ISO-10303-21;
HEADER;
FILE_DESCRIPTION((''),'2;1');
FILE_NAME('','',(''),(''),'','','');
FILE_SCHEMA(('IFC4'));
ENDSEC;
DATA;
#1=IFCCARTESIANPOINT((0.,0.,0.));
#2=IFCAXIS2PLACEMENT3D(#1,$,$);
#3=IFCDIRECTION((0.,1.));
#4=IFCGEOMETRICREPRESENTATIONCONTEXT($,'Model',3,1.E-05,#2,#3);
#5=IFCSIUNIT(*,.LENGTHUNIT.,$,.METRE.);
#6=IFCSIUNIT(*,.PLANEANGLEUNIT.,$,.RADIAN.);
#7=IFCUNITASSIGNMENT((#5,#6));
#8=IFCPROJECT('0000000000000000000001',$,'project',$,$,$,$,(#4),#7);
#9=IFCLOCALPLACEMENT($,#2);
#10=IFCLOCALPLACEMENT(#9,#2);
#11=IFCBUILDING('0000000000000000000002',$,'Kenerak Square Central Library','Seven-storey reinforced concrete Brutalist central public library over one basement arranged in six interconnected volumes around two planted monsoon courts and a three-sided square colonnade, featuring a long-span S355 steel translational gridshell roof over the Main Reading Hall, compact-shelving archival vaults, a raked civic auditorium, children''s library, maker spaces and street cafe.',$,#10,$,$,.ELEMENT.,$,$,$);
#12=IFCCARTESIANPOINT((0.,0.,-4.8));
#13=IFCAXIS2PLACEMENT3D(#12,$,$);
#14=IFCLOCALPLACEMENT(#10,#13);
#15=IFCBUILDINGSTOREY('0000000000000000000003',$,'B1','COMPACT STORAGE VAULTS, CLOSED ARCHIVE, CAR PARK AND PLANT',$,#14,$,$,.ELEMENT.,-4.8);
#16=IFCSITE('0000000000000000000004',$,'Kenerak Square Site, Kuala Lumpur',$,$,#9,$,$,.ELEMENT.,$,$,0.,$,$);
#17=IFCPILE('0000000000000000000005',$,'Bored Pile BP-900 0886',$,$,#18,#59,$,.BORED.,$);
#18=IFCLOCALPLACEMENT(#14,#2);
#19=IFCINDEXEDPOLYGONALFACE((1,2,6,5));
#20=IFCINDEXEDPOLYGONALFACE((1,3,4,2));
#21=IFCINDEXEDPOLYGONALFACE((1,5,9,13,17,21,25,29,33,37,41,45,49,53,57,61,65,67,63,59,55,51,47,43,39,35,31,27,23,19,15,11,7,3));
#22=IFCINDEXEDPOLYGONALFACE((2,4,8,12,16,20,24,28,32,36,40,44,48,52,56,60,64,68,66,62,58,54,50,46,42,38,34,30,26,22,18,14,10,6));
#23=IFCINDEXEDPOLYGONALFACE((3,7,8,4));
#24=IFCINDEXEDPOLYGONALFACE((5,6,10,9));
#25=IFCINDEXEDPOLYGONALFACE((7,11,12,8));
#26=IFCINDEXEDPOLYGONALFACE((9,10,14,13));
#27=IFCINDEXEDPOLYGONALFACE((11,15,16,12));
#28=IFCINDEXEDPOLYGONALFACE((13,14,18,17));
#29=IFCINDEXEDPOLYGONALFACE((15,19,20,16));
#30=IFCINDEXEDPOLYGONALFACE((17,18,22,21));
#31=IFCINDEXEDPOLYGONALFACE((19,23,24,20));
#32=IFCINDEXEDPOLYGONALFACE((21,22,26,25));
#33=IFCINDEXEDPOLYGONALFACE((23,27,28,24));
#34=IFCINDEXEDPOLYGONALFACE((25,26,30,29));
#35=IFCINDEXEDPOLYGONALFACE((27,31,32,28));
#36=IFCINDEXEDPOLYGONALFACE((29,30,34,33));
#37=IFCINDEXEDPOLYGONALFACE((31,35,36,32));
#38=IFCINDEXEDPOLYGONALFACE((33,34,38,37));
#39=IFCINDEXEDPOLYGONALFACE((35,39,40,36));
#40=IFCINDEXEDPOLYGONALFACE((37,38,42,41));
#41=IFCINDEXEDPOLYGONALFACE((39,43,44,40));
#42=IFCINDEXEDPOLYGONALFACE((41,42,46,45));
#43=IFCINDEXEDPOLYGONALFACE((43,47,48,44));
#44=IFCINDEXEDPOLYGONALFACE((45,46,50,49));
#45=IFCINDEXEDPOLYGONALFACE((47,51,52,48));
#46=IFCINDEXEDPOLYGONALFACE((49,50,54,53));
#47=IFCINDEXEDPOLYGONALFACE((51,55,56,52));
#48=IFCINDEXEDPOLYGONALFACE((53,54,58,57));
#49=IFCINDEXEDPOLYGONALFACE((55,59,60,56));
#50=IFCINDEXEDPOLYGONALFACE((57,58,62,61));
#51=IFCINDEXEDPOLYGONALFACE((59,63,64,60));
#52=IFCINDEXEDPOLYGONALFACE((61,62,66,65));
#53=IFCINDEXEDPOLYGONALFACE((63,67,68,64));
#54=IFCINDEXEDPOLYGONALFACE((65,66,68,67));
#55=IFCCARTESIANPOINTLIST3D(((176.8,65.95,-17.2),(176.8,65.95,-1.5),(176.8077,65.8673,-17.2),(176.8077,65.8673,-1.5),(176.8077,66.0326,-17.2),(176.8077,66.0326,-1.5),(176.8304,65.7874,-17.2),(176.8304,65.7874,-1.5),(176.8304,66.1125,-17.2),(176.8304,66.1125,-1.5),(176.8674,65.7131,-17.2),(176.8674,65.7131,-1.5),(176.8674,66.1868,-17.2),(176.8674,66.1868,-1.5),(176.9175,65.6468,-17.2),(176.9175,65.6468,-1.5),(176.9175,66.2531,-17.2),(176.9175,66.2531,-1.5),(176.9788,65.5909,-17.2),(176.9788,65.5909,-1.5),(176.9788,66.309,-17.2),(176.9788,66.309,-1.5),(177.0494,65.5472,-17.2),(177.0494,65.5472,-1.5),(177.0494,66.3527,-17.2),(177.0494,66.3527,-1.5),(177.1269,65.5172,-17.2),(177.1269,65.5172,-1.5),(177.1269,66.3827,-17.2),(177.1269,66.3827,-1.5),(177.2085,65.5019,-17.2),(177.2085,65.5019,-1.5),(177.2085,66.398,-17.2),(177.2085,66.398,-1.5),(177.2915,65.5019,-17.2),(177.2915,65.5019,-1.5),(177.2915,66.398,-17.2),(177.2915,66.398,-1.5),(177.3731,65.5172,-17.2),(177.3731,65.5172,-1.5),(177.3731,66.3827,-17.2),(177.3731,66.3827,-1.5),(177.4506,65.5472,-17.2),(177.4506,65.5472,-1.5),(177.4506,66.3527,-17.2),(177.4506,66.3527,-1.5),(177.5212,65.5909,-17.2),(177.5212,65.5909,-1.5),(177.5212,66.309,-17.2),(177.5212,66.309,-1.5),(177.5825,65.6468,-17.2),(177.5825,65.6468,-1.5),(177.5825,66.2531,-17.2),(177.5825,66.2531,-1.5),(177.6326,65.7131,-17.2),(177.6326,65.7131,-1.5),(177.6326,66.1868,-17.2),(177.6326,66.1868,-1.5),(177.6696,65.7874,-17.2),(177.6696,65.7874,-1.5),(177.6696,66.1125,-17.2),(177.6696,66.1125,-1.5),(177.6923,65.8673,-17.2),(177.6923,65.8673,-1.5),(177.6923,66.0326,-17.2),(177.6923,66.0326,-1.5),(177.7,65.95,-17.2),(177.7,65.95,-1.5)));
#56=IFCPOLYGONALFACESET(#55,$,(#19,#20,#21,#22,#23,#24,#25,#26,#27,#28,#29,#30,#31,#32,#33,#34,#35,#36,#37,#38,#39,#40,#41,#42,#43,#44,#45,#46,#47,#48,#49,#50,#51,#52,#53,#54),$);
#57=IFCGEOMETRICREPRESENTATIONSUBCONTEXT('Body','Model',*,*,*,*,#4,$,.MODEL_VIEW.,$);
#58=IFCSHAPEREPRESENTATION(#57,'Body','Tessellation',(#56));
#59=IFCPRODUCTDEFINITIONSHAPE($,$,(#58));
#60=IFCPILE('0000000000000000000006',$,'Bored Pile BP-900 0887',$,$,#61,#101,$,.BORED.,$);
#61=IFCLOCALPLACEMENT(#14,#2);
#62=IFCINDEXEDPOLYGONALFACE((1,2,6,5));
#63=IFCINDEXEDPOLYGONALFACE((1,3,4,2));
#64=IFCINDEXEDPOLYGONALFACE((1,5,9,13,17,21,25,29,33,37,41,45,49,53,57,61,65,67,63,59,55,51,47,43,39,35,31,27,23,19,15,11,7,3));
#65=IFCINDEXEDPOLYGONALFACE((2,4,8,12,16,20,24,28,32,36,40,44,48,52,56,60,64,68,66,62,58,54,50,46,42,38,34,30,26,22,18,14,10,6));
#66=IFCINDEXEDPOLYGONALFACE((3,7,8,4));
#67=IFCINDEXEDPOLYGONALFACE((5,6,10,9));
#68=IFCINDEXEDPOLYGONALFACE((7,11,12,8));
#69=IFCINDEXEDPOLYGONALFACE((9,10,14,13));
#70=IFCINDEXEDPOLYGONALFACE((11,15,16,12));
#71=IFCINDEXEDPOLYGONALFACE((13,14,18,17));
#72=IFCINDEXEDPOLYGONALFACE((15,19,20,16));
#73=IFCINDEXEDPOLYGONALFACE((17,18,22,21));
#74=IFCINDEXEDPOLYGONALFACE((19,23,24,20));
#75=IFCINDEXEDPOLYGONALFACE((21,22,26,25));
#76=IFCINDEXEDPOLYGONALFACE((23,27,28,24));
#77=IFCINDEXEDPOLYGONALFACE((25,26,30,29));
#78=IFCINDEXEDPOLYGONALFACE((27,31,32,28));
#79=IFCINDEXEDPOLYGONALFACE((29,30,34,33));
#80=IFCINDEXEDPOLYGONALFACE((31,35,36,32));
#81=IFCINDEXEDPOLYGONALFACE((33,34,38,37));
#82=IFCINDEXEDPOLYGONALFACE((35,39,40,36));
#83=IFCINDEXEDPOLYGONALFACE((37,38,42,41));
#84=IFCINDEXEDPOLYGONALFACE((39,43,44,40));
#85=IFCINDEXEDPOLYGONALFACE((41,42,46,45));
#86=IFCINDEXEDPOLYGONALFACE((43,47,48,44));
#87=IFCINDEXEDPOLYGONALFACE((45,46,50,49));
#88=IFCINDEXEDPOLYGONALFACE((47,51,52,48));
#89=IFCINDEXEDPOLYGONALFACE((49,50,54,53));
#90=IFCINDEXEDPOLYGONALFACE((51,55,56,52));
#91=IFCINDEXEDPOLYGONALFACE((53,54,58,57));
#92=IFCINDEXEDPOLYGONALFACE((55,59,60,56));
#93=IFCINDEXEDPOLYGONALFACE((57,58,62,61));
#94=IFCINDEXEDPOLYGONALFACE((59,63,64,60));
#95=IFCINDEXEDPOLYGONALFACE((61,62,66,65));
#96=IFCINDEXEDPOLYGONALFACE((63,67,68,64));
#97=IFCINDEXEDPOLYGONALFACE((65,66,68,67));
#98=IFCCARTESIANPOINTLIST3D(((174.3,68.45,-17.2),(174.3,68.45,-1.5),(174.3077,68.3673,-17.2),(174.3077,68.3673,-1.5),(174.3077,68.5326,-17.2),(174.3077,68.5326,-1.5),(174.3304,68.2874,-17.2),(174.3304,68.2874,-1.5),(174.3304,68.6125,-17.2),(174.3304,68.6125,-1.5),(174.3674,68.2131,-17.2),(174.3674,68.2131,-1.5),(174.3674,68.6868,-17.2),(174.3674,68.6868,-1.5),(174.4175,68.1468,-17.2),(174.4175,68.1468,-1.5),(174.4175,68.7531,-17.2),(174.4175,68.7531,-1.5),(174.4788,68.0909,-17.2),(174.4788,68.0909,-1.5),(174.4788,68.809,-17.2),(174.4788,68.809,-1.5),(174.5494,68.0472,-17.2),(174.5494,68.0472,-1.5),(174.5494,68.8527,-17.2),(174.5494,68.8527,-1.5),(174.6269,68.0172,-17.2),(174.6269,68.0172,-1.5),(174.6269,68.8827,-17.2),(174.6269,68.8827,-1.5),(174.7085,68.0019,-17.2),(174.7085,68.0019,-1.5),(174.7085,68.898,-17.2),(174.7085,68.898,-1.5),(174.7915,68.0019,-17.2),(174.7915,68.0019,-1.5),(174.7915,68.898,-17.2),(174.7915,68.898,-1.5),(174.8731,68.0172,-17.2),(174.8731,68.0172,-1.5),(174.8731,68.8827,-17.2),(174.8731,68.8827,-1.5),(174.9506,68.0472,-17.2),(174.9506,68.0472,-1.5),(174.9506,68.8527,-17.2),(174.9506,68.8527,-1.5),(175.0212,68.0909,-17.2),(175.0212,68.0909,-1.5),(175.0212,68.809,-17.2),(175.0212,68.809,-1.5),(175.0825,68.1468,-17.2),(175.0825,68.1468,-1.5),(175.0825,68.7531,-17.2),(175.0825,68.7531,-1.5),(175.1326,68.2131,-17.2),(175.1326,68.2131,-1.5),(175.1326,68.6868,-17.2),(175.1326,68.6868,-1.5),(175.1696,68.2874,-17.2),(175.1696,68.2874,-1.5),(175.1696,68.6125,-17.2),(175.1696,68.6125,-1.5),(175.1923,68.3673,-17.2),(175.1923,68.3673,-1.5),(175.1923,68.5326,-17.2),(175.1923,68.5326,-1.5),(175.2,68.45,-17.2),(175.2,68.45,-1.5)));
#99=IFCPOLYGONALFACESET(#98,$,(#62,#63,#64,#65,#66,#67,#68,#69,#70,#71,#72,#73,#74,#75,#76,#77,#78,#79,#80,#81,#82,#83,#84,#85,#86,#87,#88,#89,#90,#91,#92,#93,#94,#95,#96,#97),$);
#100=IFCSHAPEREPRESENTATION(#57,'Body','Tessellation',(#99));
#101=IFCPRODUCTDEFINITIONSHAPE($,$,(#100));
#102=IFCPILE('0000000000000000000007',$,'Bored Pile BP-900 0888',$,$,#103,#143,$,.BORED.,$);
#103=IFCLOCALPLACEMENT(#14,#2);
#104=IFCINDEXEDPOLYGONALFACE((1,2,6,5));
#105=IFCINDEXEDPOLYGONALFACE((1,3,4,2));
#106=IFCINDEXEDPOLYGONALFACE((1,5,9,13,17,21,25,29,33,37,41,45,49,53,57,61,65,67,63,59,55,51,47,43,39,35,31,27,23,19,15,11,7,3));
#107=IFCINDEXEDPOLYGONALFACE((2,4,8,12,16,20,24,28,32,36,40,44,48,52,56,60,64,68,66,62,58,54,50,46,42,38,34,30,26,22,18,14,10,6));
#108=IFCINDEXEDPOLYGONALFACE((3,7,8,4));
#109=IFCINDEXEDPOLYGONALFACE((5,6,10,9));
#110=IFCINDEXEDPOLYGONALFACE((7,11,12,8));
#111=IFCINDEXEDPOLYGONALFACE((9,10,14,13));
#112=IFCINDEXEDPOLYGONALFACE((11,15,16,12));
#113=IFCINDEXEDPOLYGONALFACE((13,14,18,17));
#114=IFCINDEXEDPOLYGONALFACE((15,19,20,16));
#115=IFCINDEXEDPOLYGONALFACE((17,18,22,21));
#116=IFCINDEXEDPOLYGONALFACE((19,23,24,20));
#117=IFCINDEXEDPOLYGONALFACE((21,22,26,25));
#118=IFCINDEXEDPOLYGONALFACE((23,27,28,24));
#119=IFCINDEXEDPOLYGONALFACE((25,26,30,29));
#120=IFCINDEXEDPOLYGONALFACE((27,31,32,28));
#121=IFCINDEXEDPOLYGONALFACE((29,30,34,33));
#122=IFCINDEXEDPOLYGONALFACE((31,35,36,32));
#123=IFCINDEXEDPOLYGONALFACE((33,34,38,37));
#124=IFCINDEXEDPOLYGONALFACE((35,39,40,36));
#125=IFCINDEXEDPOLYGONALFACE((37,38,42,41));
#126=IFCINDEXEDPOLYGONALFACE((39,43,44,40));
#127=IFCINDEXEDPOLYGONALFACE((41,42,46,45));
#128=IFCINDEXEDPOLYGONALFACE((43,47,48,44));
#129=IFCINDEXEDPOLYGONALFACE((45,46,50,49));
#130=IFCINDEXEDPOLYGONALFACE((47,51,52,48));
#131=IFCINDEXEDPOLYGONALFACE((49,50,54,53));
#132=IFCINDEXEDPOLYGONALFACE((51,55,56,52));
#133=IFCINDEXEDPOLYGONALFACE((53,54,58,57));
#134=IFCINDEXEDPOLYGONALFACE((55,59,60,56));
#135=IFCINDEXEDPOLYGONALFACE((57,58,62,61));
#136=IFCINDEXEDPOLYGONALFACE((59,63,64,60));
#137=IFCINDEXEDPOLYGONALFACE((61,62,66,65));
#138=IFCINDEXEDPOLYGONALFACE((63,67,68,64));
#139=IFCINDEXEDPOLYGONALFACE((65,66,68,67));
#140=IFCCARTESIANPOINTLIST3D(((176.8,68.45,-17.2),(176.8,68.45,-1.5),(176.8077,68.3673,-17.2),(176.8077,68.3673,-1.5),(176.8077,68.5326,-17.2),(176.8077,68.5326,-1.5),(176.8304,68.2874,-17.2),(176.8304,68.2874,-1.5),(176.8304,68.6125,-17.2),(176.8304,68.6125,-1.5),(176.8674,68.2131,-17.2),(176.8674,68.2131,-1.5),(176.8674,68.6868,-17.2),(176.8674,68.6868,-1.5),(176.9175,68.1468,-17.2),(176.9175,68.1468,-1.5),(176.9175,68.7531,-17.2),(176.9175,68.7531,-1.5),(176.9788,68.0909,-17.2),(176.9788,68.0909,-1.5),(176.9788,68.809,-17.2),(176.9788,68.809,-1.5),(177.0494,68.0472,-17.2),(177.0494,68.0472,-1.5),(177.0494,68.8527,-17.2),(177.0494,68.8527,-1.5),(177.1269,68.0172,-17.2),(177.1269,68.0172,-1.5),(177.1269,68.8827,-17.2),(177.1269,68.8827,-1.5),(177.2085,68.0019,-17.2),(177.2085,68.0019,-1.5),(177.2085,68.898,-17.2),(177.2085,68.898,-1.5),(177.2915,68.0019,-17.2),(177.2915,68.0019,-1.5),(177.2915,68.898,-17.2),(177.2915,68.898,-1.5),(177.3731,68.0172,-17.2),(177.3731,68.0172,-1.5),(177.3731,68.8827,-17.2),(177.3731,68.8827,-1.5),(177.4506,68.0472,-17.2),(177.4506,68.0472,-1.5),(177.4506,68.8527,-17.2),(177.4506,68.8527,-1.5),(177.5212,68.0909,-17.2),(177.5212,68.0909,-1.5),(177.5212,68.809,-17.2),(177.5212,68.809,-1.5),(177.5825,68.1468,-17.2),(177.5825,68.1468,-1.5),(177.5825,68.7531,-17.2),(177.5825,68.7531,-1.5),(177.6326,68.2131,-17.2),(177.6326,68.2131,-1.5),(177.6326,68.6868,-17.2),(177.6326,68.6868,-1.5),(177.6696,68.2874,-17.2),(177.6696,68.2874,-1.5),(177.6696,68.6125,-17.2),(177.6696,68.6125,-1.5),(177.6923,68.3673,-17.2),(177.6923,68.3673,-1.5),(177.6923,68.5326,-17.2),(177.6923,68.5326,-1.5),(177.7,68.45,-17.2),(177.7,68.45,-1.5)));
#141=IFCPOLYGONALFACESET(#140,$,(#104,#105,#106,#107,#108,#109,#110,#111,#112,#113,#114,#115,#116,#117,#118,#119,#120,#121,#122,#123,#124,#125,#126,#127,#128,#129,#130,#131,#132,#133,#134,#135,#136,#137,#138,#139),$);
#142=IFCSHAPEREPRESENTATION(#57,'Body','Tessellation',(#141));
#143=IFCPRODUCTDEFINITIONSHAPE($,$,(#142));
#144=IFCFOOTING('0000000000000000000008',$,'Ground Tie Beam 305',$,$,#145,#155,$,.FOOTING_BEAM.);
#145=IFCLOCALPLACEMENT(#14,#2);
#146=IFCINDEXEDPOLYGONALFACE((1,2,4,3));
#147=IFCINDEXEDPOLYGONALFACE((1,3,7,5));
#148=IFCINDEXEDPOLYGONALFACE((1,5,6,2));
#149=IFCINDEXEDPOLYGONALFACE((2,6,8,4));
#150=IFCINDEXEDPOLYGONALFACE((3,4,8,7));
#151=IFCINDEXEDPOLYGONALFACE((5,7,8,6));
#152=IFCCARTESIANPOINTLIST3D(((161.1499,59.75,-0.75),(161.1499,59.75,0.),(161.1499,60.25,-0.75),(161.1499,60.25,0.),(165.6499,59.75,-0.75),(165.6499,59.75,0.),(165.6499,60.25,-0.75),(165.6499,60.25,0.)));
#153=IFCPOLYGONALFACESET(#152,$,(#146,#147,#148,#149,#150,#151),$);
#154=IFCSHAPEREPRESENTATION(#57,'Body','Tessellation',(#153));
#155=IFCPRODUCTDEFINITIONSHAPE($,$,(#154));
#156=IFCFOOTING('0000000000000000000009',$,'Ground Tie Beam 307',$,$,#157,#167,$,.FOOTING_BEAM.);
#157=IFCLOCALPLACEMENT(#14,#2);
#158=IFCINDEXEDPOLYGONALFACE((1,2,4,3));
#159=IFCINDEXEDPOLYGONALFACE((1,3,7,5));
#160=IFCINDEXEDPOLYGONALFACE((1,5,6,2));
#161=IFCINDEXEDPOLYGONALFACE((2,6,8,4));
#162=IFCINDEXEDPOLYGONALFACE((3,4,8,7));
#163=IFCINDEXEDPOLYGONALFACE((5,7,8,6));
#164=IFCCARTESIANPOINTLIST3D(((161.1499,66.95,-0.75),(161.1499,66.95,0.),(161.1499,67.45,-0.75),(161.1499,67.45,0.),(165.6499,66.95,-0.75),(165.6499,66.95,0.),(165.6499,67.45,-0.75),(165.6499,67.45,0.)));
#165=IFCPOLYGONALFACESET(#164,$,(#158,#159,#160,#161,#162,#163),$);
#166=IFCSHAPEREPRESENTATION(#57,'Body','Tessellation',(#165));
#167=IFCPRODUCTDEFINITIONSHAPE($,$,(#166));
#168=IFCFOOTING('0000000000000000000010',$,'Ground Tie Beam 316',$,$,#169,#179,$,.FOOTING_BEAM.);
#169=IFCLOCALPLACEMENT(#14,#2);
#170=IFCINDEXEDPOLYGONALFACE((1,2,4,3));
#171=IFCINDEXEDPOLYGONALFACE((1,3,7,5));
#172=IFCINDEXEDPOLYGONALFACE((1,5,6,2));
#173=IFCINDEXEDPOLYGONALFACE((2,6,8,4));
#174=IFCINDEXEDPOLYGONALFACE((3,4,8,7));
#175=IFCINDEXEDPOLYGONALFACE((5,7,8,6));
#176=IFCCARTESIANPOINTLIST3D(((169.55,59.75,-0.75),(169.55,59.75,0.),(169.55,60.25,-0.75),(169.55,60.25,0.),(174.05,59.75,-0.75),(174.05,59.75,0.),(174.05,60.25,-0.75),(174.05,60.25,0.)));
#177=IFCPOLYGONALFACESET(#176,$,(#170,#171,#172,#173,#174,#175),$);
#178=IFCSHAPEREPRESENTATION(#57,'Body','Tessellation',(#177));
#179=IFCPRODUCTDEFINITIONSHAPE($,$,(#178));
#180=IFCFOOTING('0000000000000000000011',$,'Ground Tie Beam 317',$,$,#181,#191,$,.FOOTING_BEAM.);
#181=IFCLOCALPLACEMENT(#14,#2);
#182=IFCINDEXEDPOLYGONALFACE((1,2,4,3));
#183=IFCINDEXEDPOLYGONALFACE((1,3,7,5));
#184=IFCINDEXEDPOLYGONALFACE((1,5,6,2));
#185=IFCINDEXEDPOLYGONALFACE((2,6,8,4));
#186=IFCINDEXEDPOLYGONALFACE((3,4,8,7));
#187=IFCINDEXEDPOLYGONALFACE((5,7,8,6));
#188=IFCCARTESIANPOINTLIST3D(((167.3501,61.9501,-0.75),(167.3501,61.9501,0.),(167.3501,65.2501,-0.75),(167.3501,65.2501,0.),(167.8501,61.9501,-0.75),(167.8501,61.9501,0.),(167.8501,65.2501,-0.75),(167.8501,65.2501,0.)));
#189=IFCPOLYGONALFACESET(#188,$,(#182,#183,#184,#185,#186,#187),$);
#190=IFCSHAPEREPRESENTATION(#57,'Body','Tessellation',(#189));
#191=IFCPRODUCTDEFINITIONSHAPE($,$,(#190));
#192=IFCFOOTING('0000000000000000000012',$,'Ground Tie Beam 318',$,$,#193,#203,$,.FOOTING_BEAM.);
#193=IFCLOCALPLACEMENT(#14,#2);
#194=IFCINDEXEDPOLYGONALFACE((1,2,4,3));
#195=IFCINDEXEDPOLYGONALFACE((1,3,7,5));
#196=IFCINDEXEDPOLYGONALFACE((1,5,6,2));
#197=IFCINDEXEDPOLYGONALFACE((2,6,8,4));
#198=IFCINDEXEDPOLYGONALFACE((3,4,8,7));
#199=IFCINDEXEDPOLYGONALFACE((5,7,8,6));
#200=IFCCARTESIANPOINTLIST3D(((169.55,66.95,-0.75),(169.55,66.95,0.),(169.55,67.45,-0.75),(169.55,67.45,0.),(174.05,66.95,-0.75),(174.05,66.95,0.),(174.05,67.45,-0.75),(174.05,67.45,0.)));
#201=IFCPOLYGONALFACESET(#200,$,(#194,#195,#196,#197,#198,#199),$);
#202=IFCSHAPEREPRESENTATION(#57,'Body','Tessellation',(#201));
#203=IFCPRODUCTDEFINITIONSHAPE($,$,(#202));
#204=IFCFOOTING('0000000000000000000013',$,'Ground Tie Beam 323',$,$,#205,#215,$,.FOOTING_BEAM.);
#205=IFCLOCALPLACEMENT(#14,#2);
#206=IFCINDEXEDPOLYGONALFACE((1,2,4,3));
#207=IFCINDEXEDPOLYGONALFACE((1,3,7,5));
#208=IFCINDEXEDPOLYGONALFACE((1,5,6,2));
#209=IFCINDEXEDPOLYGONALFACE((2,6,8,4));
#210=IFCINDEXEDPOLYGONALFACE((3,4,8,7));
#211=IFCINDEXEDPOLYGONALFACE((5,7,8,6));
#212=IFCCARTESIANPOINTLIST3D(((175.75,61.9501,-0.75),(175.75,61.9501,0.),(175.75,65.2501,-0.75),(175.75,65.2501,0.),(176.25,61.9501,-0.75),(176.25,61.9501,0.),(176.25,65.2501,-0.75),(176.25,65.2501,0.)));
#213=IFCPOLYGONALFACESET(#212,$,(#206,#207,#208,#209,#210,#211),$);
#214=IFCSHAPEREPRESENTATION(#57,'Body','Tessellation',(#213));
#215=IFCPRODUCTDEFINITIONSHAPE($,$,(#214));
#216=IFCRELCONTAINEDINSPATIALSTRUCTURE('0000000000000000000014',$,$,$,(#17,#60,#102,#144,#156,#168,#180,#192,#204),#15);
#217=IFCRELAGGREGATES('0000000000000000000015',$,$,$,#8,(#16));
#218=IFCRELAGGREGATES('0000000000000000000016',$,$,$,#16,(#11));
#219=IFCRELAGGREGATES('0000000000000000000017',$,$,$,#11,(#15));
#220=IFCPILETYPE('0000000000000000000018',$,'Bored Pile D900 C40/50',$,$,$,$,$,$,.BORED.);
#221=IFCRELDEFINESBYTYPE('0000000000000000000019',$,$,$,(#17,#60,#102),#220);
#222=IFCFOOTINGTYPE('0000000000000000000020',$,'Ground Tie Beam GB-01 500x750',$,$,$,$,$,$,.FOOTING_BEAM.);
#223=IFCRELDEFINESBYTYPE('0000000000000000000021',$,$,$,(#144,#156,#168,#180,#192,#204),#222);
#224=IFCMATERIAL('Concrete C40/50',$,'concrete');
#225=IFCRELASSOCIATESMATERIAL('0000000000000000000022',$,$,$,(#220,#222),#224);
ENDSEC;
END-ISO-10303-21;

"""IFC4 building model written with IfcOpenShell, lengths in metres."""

from ifc_helpers import new_model, si_unit, direction, frame, origin, origin_2d, place, context, subcontext, project, spatial, rectangle, circle, extrude, material, material_profile, profile_set, type_object, element, save


model = new_model("IFC4")

# Units and contexts
model_context = context("Model", 3, precision=1e-05, world=origin(), true_north=direction((0.0, 1.0)))
body_context = subcontext(model_context, "Body", "Model", "MODEL_VIEW")
ifc_project = project(units=[si_unit("LENGTHUNIT", "METRE"), si_unit("PLANEANGLEUNIT", "RADIAN")], contexts=[model_context])

# Site, building, storey
site_placement = place(None, origin())
site = spatial("IfcSite", under=ifc_project, at=site_placement, Name="Kenerak Square Site, Kuala Lumpur", CompositionType="ELEMENT", RefElevation=0.0)
building_placement = place(site_placement, origin())
building = spatial("IfcBuilding", under=site, at=building_placement, Name="Kenerak Square Central Library", Description="Seven-storey reinforced concrete Brutalist central public library over one basement arranged in six interconnected volumes around two planted monsoon courts and a three-sided square colonnade, featuring a long-span S355 steel translational gridshell roof over the Main Reading Hall, compact-shelving archival vaults, a raked civic auditorium, children's library, maker spaces and street cafe.", CompositionType="ELEMENT")
storey_placement = place(building_placement, frame((0.0, 0.0, -4.8)))
storey = spatial("IfcBuildingStorey", under=building, at=storey_placement, Name="B1", Description="COMPACT STORAGE VAULTS, CLOSED ARCHIVE, CAR PARK AND PLANT", CompositionType="ELEMENT", Elevation=-4.8)

# Piles
ifc_material_1 = material(Name="Concrete C40/50", Category="concrete")
ifc_material_profile_1 = material_profile(ifc_material_1, circle(Radius=0.45, at=origin_2d()), Name="BP D900")
ifc_profile_set_1 = profile_set([ifc_material_profile_1], Name="Concrete C40/50")
pile_type = type_object("IfcPileType", Name="Bored Pile D900 C40/50", PredefinedType="BORED", material=ifc_profile_set_1)
for number, where, z_axis, x_axis, name in (
    (1, (177.25, 65.95, -1.5), (0.0, 0.0, -1.0), (1.0, 0.0, 0.0), "Bored Pile BP-900 0886"),
    (2, (174.75, 68.45, -1.5), (0.0, 0.0, -1.0), (1.0, 0.0, 0.0), "Bored Pile BP-900 0887"),
    (3, (177.25, 68.45, -1.5), (0.0, 0.0, -1.0), (1.0, 0.0, 0.0), "Bored Pile BP-900 0888"),
):
    element("IfcPile", number, at=place(storey_placement, frame(where, z_axis=z_axis, x_axis=x_axis)), inside=storey, type_object=pile_type, Name=name, PredefinedType="BORED", context=body_context, shape_type="SweptSolid", body=[
        extrude(circle(Radius=0.45, at=origin_2d()), origin(), (0.0, 0.0, 1.0), 15.7),
    ])

# Footings
footing_type_1 = type_object("IfcFootingType", Name="Ground Tie Beam GB-01 500x750", PredefinedType="FOOTING_BEAM", material=ifc_material_1)
for number, where, z_axis, x_axis, name in (
    (4, (163.3999, 60.0, -0.75), (0.0, 0.0, 1.0), (1.0, 0.0, 0.0), "Ground Tie Beam 305"),
    (5, (163.3999, 67.2, -0.75), (0.0, 0.0, 1.0), (1.0, 0.0, 0.0), "Ground Tie Beam 307"),
    (6, (171.8, 60.0, -0.75), (0.0, 0.0, 1.0), (1.0, 0.0, 0.0), "Ground Tie Beam 316"),
):
    element("IfcFooting", number, at=place(storey_placement, frame(where, z_axis=z_axis, x_axis=x_axis)), inside=storey, type_object=footing_type_1, Name=name, PredefinedType="FOOTING_BEAM", context=body_context, shape_type="SweptSolid", body=[
        extrude(rectangle(XDim=4.5, YDim=0.5, at=origin_2d()), origin(), (0.0, 0.0, 1.0), 0.75),
    ])
footing_1_placement = place(storey_placement, frame((167.6001, 63.6001, -0.75), z_axis=(0.0, 0.0, 1.0), x_axis=(1.0, 0.0, 0.0)))
element("IfcFooting", 7, at=footing_1_placement, inside=storey, type_object=footing_type_1, Name="Ground Tie Beam 317", PredefinedType="FOOTING_BEAM", context=body_context, shape_type="SweptSolid", body=[
    extrude(rectangle(XDim=0.5, YDim=3.3, at=origin_2d()), origin(), (0.0, 0.0, 1.0), 0.75),
])
footing_2_placement = place(storey_placement, frame((171.8, 67.2, -0.75), z_axis=(0.0, 0.0, 1.0), x_axis=(1.0, 0.0, 0.0)))
element("IfcFooting", 8, at=footing_2_placement, inside=storey, type_object=footing_type_1, Name="Ground Tie Beam 318", PredefinedType="FOOTING_BEAM", context=body_context, shape_type="SweptSolid", body=[
    extrude(rectangle(XDim=4.5, YDim=0.5, at=origin_2d()), origin(), (0.0, 0.0, 1.0), 0.75),
])
footing_3_placement = place(storey_placement, frame((176.0, 63.6001, -0.75), z_axis=(0.0, 0.0, 1.0), x_axis=(1.0, 0.0, 0.0)))
element("IfcFooting", 9, at=footing_3_placement, inside=storey, type_object=footing_type_1, Name="Ground Tie Beam 323", PredefinedType="FOOTING_BEAM", context=body_context, shape_type="SweptSolid", body=[
    extrude(rectangle(XDim=0.5, YDim=3.3, at=origin_2d()), origin(), (0.0, 0.0, 1.0), 0.75),
])

save(model, "model.ifc")
